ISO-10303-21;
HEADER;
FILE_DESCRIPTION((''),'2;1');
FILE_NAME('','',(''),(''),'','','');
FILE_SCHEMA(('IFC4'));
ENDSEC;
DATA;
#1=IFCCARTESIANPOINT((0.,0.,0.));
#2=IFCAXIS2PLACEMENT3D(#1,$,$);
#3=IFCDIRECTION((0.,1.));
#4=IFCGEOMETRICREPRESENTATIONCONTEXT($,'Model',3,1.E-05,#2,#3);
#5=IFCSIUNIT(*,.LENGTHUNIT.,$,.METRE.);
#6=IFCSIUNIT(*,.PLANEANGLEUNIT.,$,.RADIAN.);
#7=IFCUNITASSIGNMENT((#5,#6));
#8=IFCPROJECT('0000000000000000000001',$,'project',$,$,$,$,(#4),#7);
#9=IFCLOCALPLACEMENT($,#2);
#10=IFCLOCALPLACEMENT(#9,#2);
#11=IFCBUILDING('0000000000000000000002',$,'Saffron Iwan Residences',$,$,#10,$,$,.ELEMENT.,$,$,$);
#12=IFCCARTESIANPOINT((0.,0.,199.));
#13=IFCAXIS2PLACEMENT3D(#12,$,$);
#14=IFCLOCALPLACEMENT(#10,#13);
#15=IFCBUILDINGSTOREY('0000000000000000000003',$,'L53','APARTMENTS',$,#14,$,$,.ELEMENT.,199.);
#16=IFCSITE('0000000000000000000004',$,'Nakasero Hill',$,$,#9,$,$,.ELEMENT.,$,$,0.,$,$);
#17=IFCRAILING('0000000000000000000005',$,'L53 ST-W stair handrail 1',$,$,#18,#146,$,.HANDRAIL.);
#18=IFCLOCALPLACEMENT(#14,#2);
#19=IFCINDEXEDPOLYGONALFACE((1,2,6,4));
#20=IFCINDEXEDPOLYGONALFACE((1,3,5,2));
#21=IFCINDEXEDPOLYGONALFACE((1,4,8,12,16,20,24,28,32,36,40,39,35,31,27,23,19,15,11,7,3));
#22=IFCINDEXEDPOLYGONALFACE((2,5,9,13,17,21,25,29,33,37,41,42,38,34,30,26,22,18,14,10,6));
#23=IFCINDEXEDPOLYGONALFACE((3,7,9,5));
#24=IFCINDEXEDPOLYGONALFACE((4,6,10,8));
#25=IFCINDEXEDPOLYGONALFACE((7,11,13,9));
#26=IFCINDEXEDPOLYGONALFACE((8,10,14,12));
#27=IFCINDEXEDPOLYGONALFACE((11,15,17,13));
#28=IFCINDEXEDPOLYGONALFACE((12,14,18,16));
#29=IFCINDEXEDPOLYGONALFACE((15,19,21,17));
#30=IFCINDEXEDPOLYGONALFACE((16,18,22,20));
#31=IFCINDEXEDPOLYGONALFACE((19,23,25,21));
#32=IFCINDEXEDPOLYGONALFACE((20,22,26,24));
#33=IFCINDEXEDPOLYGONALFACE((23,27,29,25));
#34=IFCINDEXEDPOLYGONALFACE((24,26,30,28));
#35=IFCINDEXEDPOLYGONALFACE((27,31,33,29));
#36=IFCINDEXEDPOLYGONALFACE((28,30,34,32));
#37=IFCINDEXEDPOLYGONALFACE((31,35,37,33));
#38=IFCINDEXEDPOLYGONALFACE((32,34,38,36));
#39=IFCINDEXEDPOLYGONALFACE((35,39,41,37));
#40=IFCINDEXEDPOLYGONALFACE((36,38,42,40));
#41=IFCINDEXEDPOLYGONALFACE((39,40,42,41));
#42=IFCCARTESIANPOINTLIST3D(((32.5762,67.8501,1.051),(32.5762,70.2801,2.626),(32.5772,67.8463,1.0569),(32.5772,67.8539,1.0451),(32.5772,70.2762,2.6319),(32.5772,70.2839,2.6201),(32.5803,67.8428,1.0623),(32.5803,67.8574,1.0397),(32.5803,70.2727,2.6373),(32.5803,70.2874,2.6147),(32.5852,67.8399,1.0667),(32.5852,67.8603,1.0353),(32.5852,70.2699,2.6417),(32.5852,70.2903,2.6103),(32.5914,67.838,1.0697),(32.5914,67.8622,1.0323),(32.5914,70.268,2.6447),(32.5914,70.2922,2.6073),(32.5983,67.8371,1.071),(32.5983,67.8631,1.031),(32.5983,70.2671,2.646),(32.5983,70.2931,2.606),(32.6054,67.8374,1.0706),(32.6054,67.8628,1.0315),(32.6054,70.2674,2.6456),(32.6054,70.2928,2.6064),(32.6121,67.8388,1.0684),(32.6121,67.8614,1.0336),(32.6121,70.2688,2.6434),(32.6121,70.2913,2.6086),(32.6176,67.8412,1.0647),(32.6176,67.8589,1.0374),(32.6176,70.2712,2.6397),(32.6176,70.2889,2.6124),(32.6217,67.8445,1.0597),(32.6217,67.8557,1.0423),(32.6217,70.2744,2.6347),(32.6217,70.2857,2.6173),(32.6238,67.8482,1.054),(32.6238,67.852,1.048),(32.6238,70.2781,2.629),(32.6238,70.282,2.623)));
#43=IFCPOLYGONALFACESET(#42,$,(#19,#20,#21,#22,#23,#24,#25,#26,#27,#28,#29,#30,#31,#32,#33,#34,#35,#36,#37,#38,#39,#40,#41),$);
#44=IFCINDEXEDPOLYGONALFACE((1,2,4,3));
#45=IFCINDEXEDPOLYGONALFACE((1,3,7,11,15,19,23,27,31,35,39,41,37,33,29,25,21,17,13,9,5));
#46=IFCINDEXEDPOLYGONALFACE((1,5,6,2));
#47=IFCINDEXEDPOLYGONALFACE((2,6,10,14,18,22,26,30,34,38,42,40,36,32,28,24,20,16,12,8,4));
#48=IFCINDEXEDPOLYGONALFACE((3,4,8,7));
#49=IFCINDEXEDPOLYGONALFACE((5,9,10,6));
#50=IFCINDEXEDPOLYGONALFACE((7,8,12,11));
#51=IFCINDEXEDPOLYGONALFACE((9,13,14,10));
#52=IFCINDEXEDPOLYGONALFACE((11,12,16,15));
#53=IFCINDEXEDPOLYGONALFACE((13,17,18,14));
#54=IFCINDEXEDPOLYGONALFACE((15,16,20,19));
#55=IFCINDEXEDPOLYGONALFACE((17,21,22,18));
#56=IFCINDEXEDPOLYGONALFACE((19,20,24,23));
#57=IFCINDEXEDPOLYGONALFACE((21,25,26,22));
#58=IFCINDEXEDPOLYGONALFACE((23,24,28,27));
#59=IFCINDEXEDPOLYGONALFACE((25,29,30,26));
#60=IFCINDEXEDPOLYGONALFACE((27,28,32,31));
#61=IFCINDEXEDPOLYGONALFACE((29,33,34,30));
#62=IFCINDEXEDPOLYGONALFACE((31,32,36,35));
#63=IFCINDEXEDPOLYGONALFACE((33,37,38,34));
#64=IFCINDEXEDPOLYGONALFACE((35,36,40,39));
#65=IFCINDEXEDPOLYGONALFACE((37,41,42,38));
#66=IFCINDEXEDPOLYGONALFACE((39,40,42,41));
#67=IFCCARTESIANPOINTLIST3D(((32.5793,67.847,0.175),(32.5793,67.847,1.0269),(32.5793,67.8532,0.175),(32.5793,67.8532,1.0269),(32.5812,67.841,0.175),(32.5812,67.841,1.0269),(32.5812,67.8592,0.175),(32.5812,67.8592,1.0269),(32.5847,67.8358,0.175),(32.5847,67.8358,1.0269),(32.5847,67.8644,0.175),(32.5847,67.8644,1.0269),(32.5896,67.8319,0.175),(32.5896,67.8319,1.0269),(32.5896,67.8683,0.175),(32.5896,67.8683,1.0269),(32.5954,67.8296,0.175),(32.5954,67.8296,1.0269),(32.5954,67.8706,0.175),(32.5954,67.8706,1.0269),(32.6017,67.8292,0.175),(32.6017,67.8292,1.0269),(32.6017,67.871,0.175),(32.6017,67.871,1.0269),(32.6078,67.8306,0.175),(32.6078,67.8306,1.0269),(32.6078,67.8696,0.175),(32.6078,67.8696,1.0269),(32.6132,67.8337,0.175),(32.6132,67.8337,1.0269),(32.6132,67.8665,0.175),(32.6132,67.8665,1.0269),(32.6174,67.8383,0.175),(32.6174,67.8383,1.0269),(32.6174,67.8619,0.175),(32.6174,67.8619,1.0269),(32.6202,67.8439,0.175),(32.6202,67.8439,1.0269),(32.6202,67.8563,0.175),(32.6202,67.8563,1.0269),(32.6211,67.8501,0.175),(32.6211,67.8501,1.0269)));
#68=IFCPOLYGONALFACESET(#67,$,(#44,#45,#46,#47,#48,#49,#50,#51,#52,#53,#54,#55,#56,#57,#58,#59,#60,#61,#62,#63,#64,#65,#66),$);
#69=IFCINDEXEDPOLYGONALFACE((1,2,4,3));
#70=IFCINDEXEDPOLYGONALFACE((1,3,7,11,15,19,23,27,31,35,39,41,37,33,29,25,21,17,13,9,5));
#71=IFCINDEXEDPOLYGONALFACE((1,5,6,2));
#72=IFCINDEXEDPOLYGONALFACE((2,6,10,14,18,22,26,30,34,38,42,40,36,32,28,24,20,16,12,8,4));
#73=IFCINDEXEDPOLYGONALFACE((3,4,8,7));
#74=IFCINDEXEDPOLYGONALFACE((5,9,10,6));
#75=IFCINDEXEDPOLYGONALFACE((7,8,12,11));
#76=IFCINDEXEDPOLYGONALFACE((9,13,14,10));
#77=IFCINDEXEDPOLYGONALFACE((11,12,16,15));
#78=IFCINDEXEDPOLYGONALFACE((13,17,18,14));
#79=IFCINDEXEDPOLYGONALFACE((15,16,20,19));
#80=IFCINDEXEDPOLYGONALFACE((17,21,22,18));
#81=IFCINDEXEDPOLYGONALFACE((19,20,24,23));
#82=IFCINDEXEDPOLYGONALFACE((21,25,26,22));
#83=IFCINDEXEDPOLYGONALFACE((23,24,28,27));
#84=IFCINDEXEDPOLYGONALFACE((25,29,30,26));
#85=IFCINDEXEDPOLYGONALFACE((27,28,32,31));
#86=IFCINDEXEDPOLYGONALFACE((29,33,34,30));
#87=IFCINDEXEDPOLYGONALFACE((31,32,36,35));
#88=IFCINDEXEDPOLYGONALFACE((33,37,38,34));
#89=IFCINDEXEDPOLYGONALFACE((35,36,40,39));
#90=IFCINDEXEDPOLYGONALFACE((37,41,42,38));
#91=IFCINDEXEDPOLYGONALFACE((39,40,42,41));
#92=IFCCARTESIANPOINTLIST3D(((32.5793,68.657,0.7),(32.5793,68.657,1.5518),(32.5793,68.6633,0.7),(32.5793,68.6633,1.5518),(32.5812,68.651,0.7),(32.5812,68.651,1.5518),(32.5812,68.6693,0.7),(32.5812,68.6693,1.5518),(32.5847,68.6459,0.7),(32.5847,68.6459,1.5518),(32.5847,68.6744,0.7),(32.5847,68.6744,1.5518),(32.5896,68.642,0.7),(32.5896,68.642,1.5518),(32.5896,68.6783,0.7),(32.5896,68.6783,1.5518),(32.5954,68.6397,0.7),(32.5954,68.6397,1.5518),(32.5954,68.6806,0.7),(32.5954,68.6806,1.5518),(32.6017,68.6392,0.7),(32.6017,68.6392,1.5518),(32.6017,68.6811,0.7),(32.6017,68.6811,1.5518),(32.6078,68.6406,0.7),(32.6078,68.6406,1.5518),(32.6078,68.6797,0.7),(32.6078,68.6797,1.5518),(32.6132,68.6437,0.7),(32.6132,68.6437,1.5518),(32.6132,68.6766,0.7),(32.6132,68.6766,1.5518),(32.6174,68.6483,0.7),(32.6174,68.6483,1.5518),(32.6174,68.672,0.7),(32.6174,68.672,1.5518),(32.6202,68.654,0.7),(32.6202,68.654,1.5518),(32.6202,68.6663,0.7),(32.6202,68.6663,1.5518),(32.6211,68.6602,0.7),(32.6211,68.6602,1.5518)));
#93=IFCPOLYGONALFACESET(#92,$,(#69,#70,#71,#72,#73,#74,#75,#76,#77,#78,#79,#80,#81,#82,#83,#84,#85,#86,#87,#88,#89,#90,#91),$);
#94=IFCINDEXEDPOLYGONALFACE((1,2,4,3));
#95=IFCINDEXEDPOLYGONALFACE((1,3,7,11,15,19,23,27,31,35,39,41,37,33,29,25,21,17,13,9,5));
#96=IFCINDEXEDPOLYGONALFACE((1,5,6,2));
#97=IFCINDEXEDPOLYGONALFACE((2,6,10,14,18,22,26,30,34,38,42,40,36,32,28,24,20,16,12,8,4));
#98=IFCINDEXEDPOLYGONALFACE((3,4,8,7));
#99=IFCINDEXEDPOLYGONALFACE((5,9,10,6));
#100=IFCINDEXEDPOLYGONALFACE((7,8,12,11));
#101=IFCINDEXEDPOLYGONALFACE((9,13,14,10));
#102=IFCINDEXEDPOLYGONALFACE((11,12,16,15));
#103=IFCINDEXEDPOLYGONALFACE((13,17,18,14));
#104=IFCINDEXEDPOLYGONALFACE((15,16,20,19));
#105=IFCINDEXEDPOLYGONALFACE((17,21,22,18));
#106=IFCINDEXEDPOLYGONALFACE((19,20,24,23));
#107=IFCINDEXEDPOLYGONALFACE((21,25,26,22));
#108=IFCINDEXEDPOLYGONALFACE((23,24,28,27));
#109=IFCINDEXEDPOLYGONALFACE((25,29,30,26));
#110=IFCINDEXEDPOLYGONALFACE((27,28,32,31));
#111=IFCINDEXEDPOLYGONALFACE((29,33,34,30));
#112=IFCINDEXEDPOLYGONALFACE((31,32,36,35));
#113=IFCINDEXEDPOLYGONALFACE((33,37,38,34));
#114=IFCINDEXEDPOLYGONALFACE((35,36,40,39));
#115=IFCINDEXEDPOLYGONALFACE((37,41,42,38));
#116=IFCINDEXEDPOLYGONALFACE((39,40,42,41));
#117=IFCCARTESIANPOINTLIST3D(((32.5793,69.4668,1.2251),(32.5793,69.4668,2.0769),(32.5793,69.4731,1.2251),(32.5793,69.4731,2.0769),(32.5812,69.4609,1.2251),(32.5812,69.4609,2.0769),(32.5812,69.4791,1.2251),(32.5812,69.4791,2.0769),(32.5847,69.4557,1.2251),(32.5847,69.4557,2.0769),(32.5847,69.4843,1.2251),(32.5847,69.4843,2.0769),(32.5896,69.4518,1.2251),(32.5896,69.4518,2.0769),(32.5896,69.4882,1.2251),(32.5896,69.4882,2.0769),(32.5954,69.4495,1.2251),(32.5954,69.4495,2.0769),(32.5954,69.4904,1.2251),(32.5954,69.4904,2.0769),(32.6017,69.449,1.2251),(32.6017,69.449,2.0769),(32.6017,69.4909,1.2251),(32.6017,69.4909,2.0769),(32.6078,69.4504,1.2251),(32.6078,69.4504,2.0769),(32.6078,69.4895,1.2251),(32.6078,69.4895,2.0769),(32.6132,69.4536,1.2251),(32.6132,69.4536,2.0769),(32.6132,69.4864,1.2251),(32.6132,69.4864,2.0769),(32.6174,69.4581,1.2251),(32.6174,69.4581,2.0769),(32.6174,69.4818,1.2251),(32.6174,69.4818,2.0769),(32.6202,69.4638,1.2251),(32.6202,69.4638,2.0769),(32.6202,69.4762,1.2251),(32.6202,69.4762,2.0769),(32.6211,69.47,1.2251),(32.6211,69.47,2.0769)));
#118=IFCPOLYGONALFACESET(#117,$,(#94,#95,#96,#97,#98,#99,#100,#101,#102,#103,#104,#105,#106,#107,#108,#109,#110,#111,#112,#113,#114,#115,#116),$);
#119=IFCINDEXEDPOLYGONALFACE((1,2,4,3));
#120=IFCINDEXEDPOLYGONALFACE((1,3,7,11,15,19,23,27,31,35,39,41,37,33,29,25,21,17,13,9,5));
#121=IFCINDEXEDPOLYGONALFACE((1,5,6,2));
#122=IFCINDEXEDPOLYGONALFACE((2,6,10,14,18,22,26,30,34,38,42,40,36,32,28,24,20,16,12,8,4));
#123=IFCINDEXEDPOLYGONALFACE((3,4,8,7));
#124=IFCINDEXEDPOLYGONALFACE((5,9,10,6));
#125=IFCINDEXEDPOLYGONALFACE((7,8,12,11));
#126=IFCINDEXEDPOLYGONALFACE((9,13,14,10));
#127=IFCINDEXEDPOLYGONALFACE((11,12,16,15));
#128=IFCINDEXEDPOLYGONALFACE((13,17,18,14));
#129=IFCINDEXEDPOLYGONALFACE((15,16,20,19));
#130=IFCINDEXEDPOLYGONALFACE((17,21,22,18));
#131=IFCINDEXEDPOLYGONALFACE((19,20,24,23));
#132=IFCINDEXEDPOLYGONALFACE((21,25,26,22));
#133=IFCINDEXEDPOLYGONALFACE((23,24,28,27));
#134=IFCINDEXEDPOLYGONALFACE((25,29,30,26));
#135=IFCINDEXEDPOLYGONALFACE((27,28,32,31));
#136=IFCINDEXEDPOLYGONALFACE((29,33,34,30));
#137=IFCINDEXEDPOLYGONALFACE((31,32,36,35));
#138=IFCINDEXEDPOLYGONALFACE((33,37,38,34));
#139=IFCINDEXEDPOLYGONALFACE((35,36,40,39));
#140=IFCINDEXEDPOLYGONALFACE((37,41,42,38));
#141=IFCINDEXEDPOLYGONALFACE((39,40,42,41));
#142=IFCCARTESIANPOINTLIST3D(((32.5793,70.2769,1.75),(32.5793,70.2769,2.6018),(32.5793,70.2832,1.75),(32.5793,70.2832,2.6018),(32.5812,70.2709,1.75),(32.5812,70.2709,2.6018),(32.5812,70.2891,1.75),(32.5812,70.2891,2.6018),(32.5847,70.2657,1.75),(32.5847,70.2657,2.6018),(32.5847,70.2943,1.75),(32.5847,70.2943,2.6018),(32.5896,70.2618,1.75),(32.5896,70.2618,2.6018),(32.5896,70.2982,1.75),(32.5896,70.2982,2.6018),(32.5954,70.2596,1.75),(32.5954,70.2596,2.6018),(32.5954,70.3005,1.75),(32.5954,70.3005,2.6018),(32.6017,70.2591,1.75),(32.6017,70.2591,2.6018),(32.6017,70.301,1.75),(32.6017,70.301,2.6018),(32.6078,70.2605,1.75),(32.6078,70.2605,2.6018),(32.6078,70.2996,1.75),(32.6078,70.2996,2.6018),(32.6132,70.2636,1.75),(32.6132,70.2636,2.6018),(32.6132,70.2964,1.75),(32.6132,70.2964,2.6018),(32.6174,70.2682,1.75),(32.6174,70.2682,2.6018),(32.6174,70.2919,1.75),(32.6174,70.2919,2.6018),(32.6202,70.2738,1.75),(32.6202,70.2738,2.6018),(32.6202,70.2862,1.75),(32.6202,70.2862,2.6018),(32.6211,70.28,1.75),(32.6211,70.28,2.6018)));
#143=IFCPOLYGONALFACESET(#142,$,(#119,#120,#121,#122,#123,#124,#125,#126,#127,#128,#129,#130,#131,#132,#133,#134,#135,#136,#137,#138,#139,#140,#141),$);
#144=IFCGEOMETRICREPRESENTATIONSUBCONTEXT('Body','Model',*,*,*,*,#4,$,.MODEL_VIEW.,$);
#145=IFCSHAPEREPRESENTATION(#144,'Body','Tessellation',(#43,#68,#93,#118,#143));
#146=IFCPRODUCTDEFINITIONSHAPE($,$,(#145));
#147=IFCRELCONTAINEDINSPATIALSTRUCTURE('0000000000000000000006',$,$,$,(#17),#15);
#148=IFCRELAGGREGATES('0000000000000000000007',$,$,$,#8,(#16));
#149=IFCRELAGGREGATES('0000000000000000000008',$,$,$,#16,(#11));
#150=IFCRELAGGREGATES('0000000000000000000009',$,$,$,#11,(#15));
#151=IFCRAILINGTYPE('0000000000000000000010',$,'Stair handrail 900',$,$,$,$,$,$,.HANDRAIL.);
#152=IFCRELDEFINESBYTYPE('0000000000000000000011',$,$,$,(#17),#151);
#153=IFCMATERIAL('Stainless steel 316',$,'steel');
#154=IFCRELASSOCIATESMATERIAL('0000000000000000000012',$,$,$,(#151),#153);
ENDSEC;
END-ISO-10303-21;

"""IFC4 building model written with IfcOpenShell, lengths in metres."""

from ifc_helpers import new_model, si_unit, direction, frame, origin, origin_2d, place, context, subcontext, project, spatial, circle, extrude, material, type_object, element, save


model = new_model("IFC4")

# Units and contexts
model_context = context("Model", 3, precision=1e-05, world=origin(), true_north=direction((0.0, 1.0)))
body_context = subcontext(model_context, "Body", "Model", "MODEL_VIEW")
ifc_project = project(units=[si_unit("LENGTHUNIT", "METRE"), si_unit("PLANEANGLEUNIT", "RADIAN")], contexts=[model_context])

# Site, building, storey
site_placement = place(None, origin())
site = spatial("IfcSite", under=ifc_project, at=site_placement, Name="Nakasero Hill", CompositionType="ELEMENT", RefElevation=0.0)
building_placement = place(site_placement, origin())
building = spatial("IfcBuilding", under=site, at=building_placement, Name="Saffron Iwan Residences", CompositionType="ELEMENT")
storey_placement = place(building_placement, frame((0.0, 0.0, 199.0)))
storey = spatial("IfcBuildingStorey", under=building, at=storey_placement, Name="L53", Description="APARTMENTS", CompositionType="ELEMENT", Elevation=199.0)

# Railing
ifc_material_1 = material(Name="Stainless steel 316", Category="steel")
railing_type_1 = type_object("IfcRailingType", Name="Stair handrail 900", PredefinedType="HANDRAIL", material=ifc_material_1)
railing_1_placement = place(storey_placement, frame((32.6001, 67.8501, 0.175)))
element("IfcRailing", 1, at=railing_1_placement, inside=storey, type_object=railing_type_1, Name="L53 ST-W stair handrail 1", PredefinedType="HANDRAIL", context=body_context, shape_type="SweptSolid", body=[
    extrude(circle(Radius=0.0239, at=origin_2d()), frame((0.0, 0.0, 0.876), z_axis=(0.0, 0.839154, 0.543894), x_axis=(-1.0, 0.0, 0.0)), (0.0, 0.0, 1.0), 2.8958),
    extrude(circle(Radius=0.021, at=origin_2d()), origin(), (0.0, 0.0, 1.0), 0.8518),
    extrude(circle(Radius=0.021, at=origin_2d()), frame((0.0, 0.8101, 0.5249)), (0.0, 0.0, 1.0), 0.8518),
    extrude(circle(Radius=0.021, at=origin_2d()), frame((0.0, 1.6199, 1.05)), (0.0, 0.0, 1.0), 0.8518),
    extrude(circle(Radius=0.021, at=origin_2d()), frame((0.0, 2.4299, 1.575)), (0.0, 0.0, 1.0), 0.8518),
])

save(model, "model.ifc")
